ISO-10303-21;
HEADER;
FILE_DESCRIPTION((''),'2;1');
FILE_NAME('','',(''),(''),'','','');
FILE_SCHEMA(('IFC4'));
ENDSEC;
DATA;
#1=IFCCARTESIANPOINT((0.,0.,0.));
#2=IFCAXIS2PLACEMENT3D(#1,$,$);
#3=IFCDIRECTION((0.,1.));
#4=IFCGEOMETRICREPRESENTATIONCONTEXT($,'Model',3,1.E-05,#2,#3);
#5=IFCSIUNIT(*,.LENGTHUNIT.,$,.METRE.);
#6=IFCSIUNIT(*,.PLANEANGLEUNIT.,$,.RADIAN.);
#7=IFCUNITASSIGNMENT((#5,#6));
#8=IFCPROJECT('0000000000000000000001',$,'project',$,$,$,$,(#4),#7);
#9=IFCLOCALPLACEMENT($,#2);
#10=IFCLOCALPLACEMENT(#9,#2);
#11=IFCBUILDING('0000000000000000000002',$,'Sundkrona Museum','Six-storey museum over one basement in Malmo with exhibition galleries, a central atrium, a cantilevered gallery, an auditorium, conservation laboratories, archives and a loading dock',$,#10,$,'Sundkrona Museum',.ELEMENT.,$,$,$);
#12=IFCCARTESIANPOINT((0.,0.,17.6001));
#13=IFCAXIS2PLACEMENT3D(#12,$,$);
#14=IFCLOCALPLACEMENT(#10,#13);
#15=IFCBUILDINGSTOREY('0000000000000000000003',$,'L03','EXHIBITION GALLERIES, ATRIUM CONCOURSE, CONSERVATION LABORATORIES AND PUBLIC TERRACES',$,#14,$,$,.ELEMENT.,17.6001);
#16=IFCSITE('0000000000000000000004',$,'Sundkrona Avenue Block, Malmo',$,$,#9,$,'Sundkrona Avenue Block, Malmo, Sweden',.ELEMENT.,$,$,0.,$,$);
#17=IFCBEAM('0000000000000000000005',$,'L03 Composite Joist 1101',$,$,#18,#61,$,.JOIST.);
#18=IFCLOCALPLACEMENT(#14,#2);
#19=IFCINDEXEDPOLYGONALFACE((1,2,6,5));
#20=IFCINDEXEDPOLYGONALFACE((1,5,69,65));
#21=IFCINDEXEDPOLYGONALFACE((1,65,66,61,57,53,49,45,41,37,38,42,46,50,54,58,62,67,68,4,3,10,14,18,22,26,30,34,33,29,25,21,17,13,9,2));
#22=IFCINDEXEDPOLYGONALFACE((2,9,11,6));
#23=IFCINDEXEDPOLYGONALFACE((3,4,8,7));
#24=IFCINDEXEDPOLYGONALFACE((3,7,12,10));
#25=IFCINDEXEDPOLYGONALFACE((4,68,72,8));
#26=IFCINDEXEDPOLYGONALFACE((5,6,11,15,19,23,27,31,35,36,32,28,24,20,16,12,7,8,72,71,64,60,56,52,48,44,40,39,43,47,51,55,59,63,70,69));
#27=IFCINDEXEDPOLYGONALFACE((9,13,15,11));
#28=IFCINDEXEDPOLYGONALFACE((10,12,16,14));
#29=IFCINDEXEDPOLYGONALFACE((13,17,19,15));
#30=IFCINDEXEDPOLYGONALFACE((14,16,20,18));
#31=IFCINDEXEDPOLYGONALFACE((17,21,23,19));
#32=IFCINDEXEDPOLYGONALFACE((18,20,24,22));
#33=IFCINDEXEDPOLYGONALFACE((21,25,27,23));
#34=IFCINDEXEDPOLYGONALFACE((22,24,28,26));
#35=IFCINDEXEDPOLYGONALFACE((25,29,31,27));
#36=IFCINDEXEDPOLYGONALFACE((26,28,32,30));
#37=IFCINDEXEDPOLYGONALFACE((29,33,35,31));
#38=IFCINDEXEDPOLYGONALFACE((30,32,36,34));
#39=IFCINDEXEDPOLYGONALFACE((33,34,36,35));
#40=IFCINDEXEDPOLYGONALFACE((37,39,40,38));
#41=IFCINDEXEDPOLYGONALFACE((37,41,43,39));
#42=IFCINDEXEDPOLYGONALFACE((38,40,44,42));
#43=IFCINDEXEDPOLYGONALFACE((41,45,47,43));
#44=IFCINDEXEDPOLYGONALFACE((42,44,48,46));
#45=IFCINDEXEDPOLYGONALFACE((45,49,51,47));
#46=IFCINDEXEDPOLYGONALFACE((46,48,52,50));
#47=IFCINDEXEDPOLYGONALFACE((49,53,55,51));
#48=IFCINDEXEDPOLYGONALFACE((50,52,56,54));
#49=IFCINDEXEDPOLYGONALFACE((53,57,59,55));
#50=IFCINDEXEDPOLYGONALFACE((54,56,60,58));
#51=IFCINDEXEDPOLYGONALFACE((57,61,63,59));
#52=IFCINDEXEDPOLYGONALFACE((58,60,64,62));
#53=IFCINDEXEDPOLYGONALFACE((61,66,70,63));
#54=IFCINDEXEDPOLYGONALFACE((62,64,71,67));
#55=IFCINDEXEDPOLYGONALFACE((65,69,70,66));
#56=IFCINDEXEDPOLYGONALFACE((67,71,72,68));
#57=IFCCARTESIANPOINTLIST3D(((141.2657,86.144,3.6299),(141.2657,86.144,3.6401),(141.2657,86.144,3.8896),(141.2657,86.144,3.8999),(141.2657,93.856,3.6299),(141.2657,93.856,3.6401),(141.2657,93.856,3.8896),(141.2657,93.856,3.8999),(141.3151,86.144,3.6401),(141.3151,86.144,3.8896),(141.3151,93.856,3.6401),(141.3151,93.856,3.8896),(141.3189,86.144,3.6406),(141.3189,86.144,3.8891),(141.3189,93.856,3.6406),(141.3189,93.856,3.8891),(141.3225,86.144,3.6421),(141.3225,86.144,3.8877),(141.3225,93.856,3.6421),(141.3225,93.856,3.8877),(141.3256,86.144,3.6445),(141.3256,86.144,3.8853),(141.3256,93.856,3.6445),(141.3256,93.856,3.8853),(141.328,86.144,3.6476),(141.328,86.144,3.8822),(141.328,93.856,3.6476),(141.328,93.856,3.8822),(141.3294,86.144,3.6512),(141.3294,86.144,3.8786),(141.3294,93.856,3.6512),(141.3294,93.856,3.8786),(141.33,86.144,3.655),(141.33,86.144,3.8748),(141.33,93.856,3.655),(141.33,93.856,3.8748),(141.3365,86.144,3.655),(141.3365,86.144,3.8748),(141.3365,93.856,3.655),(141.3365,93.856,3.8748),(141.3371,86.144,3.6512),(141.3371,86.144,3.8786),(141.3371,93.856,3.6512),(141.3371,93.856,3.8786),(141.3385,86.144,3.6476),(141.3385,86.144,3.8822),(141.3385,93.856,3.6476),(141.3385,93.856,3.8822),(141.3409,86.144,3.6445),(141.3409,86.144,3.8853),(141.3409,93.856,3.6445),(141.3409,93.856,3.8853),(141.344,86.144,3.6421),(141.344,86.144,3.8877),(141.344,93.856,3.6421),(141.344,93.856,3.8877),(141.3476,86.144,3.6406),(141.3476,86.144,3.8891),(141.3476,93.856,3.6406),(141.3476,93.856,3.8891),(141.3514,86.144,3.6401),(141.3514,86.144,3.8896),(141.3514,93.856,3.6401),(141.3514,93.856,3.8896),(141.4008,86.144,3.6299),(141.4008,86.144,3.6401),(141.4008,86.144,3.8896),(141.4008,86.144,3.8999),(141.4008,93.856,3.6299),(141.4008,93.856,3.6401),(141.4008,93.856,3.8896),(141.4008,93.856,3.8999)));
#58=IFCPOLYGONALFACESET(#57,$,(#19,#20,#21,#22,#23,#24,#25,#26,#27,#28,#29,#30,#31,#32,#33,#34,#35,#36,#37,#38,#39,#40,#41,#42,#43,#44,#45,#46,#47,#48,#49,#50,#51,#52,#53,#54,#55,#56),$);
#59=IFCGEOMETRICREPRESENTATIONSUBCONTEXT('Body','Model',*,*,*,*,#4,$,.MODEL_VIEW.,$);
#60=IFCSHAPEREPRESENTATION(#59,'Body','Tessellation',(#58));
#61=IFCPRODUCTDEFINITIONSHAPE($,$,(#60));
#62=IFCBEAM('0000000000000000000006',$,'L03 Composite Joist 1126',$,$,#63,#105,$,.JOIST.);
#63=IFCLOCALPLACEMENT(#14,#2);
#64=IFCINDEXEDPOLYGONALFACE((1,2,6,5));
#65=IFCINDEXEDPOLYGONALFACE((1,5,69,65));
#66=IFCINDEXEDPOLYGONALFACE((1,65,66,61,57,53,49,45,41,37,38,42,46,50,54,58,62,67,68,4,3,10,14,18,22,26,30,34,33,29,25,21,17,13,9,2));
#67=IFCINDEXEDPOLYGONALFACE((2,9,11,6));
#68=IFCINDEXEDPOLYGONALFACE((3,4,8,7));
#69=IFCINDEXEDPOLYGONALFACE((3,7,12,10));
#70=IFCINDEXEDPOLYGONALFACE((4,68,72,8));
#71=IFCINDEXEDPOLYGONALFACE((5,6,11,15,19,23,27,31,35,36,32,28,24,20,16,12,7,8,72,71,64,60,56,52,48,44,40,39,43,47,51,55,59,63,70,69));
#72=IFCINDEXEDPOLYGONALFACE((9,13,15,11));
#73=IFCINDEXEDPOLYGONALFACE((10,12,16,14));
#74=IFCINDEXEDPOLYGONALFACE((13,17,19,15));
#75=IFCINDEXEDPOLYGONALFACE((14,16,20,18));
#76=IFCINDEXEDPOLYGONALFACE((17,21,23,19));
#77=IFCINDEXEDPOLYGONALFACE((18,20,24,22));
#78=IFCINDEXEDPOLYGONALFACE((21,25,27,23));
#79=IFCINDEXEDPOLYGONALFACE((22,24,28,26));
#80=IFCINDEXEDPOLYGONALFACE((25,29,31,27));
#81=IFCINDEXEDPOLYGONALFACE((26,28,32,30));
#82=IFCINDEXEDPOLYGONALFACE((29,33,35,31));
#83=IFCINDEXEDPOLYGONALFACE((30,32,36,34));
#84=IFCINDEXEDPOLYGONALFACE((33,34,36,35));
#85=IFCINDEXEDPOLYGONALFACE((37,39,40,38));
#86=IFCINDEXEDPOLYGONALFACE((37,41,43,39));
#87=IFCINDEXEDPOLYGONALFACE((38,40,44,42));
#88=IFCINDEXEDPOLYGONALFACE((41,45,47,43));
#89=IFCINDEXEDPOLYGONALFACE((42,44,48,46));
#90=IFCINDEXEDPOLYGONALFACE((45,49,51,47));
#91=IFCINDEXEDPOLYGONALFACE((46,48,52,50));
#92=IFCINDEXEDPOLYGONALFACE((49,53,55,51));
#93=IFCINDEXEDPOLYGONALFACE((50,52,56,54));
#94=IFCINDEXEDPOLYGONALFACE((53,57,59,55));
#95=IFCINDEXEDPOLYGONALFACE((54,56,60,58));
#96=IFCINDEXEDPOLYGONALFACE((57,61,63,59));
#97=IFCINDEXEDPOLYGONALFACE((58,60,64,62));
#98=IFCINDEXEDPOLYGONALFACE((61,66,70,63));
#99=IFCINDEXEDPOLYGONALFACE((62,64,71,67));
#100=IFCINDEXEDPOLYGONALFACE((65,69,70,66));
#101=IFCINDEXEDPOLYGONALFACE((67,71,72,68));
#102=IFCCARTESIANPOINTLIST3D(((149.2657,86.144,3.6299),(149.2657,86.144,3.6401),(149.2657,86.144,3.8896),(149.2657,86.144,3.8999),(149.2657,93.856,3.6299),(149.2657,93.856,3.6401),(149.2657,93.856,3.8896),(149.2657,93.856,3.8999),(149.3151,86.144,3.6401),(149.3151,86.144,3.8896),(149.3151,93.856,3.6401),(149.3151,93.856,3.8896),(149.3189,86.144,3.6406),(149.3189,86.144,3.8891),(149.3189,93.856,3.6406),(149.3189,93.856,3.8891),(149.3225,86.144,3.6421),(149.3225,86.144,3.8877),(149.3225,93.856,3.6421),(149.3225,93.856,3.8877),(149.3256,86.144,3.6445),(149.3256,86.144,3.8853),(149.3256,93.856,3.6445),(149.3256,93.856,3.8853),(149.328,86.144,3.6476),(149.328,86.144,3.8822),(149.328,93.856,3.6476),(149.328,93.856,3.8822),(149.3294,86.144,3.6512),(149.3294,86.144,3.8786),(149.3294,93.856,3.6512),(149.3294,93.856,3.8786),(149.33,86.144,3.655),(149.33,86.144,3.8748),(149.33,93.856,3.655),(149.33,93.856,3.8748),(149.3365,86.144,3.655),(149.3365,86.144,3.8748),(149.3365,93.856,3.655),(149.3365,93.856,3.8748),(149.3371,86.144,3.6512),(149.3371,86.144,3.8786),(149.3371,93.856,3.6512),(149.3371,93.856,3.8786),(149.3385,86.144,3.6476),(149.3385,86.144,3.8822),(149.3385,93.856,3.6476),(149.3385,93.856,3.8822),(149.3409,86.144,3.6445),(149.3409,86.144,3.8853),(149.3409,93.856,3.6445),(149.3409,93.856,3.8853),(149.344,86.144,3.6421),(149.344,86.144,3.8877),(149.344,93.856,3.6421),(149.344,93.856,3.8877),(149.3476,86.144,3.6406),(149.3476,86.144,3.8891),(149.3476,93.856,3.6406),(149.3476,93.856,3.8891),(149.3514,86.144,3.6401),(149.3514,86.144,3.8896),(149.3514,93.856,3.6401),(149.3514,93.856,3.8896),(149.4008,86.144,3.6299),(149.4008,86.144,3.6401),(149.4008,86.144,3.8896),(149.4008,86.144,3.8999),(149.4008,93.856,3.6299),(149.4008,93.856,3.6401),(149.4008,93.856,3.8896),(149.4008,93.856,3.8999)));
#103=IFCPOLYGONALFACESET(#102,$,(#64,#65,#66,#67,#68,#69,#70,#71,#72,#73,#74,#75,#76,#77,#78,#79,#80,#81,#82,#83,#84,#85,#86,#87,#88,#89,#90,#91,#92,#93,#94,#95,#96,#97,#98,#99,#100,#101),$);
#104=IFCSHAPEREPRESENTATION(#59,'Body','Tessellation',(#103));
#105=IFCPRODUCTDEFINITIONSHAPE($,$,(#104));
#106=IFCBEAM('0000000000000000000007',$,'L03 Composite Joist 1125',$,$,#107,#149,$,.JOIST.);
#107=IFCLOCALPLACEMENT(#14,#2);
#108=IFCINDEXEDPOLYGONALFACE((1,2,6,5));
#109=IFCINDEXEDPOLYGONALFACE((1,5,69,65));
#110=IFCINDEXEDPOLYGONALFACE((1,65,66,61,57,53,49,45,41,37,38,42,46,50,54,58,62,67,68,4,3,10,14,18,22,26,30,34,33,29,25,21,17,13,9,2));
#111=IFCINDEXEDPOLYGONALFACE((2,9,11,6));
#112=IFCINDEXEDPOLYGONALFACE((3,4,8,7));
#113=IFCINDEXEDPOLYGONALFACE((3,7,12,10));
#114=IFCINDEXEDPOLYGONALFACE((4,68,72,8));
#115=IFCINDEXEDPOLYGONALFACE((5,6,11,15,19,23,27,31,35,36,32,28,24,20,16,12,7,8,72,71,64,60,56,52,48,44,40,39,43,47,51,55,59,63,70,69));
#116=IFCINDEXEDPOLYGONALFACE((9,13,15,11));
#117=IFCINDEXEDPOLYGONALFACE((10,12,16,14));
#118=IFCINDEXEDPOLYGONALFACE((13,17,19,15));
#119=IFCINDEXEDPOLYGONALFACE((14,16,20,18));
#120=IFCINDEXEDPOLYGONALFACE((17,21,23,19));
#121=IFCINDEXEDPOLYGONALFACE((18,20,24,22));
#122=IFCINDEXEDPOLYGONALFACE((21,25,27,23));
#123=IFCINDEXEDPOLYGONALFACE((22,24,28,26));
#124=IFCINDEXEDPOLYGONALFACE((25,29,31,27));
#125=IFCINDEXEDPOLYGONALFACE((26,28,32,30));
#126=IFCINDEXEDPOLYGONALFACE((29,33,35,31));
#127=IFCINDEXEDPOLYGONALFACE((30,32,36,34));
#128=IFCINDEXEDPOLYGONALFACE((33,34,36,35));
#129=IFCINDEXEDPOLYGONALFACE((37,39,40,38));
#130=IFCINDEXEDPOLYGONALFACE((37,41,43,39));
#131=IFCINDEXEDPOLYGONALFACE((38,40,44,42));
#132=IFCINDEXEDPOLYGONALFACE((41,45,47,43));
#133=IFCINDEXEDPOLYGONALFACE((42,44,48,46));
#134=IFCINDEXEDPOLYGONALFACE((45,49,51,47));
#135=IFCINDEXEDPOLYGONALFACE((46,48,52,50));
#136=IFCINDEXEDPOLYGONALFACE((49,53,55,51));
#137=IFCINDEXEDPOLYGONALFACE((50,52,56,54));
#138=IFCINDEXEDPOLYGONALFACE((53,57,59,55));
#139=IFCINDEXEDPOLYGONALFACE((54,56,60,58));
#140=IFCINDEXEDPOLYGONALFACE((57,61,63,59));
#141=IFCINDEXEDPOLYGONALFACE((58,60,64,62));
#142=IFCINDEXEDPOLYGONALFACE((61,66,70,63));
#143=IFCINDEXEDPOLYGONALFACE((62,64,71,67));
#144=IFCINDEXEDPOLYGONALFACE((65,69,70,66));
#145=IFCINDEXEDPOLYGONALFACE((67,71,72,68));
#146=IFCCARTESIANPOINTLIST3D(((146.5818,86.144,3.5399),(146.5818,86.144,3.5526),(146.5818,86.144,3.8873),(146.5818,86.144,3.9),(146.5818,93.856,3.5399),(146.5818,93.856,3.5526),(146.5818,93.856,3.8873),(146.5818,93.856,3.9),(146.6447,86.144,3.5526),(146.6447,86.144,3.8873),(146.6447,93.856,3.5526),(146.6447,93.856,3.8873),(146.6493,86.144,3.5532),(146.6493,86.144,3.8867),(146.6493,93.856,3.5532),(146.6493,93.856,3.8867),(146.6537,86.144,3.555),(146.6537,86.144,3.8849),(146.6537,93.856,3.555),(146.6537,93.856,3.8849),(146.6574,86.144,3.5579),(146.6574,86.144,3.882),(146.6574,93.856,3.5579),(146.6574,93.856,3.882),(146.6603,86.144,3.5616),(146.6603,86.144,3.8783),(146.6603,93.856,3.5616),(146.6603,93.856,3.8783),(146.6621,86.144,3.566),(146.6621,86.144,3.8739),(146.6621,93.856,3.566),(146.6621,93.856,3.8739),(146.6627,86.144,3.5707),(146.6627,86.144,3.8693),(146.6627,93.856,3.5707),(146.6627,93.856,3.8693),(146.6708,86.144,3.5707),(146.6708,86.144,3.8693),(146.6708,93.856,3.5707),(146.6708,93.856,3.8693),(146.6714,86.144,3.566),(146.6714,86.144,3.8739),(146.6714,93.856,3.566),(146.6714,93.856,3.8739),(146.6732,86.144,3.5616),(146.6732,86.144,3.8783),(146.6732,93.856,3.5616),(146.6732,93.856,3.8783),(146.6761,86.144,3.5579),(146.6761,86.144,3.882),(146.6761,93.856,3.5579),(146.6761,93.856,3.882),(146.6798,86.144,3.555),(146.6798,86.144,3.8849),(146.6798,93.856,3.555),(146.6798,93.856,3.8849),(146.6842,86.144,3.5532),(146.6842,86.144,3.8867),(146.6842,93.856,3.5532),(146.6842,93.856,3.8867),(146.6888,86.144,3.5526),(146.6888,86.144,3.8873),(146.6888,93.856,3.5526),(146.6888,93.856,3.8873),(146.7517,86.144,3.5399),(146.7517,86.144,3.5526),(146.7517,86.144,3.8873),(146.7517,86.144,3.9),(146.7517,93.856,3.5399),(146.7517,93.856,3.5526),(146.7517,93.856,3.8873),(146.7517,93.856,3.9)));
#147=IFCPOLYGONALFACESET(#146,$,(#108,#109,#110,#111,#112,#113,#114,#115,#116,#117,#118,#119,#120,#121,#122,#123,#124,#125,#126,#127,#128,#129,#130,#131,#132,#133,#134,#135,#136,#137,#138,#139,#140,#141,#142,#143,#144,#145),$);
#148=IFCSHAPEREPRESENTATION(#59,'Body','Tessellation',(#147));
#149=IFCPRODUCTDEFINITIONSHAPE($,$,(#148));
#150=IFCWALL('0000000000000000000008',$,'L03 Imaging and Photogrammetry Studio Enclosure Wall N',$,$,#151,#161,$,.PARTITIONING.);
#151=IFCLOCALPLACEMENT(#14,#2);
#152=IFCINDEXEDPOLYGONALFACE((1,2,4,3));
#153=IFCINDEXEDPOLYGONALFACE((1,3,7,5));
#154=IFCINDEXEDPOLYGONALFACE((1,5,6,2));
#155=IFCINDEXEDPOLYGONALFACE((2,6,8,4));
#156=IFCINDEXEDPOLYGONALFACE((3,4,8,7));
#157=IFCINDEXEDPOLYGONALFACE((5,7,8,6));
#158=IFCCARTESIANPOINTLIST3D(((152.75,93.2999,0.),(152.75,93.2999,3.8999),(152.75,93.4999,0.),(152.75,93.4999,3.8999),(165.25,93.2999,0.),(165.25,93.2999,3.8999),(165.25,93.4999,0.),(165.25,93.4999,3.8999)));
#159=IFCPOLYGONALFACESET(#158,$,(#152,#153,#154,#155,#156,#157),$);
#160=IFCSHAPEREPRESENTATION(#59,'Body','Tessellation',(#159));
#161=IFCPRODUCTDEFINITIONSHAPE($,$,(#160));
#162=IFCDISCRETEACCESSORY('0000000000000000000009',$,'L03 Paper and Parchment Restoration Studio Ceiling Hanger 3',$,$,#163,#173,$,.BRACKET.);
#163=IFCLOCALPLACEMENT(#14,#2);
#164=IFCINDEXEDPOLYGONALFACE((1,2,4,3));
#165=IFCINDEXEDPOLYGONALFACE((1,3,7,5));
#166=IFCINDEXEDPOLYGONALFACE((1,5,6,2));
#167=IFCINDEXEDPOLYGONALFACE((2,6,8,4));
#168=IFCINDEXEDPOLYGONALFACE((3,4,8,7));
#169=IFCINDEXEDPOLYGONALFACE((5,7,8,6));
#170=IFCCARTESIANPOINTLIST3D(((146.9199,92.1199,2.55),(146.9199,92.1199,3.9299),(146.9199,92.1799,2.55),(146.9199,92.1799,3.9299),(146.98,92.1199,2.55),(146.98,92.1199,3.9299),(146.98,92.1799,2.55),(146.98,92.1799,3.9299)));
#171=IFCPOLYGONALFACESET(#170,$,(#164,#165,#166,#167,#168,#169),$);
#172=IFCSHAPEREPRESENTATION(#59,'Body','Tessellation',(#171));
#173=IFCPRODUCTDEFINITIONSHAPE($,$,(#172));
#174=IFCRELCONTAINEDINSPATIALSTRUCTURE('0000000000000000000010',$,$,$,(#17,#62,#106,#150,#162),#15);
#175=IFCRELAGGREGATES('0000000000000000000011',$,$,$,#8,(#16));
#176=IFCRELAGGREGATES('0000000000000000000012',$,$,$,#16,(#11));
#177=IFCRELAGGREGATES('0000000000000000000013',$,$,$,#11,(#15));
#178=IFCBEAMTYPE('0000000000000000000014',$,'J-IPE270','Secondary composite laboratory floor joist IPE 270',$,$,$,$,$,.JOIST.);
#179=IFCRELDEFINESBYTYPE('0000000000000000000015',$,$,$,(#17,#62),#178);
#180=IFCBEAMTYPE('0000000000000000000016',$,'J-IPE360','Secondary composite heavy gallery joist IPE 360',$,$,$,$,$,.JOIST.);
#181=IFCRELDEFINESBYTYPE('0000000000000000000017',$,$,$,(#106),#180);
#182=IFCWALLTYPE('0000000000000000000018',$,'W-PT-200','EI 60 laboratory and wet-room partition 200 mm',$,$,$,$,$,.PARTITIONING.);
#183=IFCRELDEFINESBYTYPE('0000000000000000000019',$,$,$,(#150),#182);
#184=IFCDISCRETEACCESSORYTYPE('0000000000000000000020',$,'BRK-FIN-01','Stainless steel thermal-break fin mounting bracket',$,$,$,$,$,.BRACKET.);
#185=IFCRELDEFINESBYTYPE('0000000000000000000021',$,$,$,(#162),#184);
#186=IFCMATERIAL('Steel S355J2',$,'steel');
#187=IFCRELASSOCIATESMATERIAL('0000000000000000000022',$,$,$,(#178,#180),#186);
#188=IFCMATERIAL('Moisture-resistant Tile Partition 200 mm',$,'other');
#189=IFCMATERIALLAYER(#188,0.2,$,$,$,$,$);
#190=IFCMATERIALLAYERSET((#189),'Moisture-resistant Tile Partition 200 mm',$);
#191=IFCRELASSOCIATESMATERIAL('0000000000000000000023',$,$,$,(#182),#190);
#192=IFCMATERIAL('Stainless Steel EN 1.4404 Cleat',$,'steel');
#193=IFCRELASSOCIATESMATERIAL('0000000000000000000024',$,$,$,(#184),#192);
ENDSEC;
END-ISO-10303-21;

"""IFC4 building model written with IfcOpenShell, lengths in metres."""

from ifc_helpers import new_model, si_unit, direction, frame, frame_2d, origin, origin_2d, place, context, subcontext, project, spatial, rectangle, i_section, extrude, material, layer, layer_set, material_profile, profile_set, type_object, element, save


model = new_model("IFC4")

# Units and contexts
model_context = context("Model", 3, precision=1e-05, world=origin(), true_north=direction((0.0, 1.0)))
body_context = subcontext(model_context, "Body", "Model", "MODEL_VIEW")
ifc_project = project(units=[si_unit("LENGTHUNIT", "METRE"), si_unit("PLANEANGLEUNIT", "RADIAN")], contexts=[model_context])

# Site, building, storey
site_placement = place(None, origin())
site = spatial("IfcSite", under=ifc_project, at=site_placement, Name="Sundkrona Avenue Block, Malmo", LongName="Sundkrona Avenue Block, Malmo, Sweden", CompositionType="ELEMENT", RefElevation=0.0)
building_placement = place(site_placement, origin())
building = spatial("IfcBuilding", under=site, at=building_placement, Name="Sundkrona Museum", Description="Six-storey museum over one basement in Malmo with exhibition galleries, a central atrium, a cantilevered gallery, an auditorium, conservation laboratories, archives and a loading dock", LongName="Sundkrona Museum", CompositionType="ELEMENT")
storey_placement = place(building_placement, frame((0.0, 0.0, 17.6001)))
storey = spatial("IfcBuildingStorey", under=building, at=storey_placement, Name="L03", Description="EXHIBITION GALLERIES, ATRIUM CONCOURSE, CONSERVATION LABORATORIES AND PUBLIC TERRACES", CompositionType="ELEMENT", Elevation=17.6001)

# Shared definitions
ifc_material_1 = material(Name="Steel S355J2", Category="steel")

# Beams
ifc_material_profile_1 = material_profile(ifc_material_1, i_section(OverallWidth=0.135, OverallDepth=0.27, WebThickness=0.0066, FlangeThickness=0.0103, FilletRadius=0.0149, at=origin_2d()), Name="IPE 270")
ifc_profile_set_1 = profile_set([ifc_material_profile_1], Name="Steel S355J2")
beam_type_1 = type_object("IfcBeamType", Name="J-IPE270", Description="Secondary composite laboratory floor joist IPE 270", PredefinedType="JOIST", material=ifc_profile_set_1)
for number, where, z_axis, x_axis, name in (
    (1, (141.3333, 86.144, 3.7649), (0.0, 1.0, 0.0), (-1.0, 0.0, 0.0), "L03 Composite Joist 1101"),
    (2, (149.3333, 86.144, 3.7649), (0.0, 1.0, 0.0), (-1.0, 0.0, 0.0), "L03 Composite Joist 1126"),
):
    element("IfcBeam", number, at=place(storey_placement, frame(where, z_axis=z_axis, x_axis=x_axis)), inside=storey, type_object=beam_type_1, Name=name, PredefinedType="JOIST", context=body_context, shape_type="SweptSolid", body=[
        extrude(i_section(OverallWidth=0.135, OverallDepth=0.27, WebThickness=0.0066, FlangeThickness=0.0103, FilletRadius=0.0149, at=origin_2d()), origin(), (0.0, 0.0, 1.0), 7.7119),
    ])
ifc_material_profile_2 = material_profile(ifc_material_1, i_section(OverallWidth=0.1699, OverallDepth=0.3601, WebThickness=0.0081, FlangeThickness=0.0127, FilletRadius=0.0181, at=origin_2d()), Name="IPE 360")
ifc_profile_set_2 = profile_set([ifc_material_profile_2], Name="Steel S355J2")
beam_type_2 = type_object("IfcBeamType", Name="J-IPE360", Description="Secondary composite heavy gallery joist IPE 360", PredefinedType="JOIST", material=ifc_profile_set_2)
beam_placement = place(storey_placement, frame((146.6667, 86.144, 3.72), z_axis=(0.0, 1.0, 0.0), x_axis=(-1.0, 0.0, 0.0)))
element("IfcBeam", 3, at=beam_placement, inside=storey, type_object=beam_type_2, Name="L03 Composite Joist 1125", PredefinedType="JOIST", context=body_context, shape_type="SweptSolid", body=[
    extrude(i_section(OverallWidth=0.1699, OverallDepth=0.3601, WebThickness=0.0081, FlangeThickness=0.0127, FilletRadius=0.0181, at=origin_2d()), origin(), (0.0, 0.0, 1.0), 7.7119),
])

# Wall
ifc_material_2 = material(Name="Moisture-resistant Tile Partition 200 mm", Category="other")
ifc_layer = layer(ifc_material_2, 0.2)
ifc_layer_set = layer_set([ifc_layer], Name="Moisture-resistant Tile Partition 200 mm")
wall_type = type_object("IfcWallType", Name="W-PT-200", Description="EI 60 laboratory and wet-room partition 200 mm", PredefinedType="PARTITIONING", material=ifc_layer_set)
wall_placement = place(storey_placement, frame((152.75, 93.3999, 0.0), z_axis=(0.0, 0.0, 1.0), x_axis=(1.0, 0.0, 0.0)))
element("IfcWall", 4, at=wall_placement, inside=storey, type_object=wall_type, Name="L03 Imaging and Photogrammetry Studio Enclosure Wall N", PredefinedType="PARTITIONING", context=body_context, shape_type="SweptSolid", body=[
    extrude(rectangle(XDim=12.5, YDim=0.2, at=frame_2d((6.25, 0.0))), origin(), (0.0, 0.0, 1.0), 3.8999),
])

# Discrete accessory
ifc_material_3 = material(Name="Stainless Steel EN 1.4404 Cleat", Category="steel")
discrete_accessory_type = type_object("IfcDiscreteAccessoryType", Name="BRK-FIN-01", Description="Stainless steel thermal-break fin mounting bracket", PredefinedType="BRACKET", material=ifc_material_3)
discrete_accessory_placement = place(storey_placement, frame((146.95, 92.1499, 2.55), z_axis=(0.0, 0.0, 1.0), x_axis=(1.0, 0.0, 0.0)))
element("IfcDiscreteAccessory", 5, at=discrete_accessory_placement, inside=storey, type_object=discrete_accessory_type, Name="L03 Paper and Parchment Restoration Studio Ceiling Hanger 3", PredefinedType="BRACKET", context=body_context, shape_type="SweptSolid", body=[
    extrude(rectangle(XDim=0.0601, YDim=0.0601, at=origin_2d()), origin(), (0.0, 0.0, 1.0), 1.3799),
])

save(model, "model.ifc")
